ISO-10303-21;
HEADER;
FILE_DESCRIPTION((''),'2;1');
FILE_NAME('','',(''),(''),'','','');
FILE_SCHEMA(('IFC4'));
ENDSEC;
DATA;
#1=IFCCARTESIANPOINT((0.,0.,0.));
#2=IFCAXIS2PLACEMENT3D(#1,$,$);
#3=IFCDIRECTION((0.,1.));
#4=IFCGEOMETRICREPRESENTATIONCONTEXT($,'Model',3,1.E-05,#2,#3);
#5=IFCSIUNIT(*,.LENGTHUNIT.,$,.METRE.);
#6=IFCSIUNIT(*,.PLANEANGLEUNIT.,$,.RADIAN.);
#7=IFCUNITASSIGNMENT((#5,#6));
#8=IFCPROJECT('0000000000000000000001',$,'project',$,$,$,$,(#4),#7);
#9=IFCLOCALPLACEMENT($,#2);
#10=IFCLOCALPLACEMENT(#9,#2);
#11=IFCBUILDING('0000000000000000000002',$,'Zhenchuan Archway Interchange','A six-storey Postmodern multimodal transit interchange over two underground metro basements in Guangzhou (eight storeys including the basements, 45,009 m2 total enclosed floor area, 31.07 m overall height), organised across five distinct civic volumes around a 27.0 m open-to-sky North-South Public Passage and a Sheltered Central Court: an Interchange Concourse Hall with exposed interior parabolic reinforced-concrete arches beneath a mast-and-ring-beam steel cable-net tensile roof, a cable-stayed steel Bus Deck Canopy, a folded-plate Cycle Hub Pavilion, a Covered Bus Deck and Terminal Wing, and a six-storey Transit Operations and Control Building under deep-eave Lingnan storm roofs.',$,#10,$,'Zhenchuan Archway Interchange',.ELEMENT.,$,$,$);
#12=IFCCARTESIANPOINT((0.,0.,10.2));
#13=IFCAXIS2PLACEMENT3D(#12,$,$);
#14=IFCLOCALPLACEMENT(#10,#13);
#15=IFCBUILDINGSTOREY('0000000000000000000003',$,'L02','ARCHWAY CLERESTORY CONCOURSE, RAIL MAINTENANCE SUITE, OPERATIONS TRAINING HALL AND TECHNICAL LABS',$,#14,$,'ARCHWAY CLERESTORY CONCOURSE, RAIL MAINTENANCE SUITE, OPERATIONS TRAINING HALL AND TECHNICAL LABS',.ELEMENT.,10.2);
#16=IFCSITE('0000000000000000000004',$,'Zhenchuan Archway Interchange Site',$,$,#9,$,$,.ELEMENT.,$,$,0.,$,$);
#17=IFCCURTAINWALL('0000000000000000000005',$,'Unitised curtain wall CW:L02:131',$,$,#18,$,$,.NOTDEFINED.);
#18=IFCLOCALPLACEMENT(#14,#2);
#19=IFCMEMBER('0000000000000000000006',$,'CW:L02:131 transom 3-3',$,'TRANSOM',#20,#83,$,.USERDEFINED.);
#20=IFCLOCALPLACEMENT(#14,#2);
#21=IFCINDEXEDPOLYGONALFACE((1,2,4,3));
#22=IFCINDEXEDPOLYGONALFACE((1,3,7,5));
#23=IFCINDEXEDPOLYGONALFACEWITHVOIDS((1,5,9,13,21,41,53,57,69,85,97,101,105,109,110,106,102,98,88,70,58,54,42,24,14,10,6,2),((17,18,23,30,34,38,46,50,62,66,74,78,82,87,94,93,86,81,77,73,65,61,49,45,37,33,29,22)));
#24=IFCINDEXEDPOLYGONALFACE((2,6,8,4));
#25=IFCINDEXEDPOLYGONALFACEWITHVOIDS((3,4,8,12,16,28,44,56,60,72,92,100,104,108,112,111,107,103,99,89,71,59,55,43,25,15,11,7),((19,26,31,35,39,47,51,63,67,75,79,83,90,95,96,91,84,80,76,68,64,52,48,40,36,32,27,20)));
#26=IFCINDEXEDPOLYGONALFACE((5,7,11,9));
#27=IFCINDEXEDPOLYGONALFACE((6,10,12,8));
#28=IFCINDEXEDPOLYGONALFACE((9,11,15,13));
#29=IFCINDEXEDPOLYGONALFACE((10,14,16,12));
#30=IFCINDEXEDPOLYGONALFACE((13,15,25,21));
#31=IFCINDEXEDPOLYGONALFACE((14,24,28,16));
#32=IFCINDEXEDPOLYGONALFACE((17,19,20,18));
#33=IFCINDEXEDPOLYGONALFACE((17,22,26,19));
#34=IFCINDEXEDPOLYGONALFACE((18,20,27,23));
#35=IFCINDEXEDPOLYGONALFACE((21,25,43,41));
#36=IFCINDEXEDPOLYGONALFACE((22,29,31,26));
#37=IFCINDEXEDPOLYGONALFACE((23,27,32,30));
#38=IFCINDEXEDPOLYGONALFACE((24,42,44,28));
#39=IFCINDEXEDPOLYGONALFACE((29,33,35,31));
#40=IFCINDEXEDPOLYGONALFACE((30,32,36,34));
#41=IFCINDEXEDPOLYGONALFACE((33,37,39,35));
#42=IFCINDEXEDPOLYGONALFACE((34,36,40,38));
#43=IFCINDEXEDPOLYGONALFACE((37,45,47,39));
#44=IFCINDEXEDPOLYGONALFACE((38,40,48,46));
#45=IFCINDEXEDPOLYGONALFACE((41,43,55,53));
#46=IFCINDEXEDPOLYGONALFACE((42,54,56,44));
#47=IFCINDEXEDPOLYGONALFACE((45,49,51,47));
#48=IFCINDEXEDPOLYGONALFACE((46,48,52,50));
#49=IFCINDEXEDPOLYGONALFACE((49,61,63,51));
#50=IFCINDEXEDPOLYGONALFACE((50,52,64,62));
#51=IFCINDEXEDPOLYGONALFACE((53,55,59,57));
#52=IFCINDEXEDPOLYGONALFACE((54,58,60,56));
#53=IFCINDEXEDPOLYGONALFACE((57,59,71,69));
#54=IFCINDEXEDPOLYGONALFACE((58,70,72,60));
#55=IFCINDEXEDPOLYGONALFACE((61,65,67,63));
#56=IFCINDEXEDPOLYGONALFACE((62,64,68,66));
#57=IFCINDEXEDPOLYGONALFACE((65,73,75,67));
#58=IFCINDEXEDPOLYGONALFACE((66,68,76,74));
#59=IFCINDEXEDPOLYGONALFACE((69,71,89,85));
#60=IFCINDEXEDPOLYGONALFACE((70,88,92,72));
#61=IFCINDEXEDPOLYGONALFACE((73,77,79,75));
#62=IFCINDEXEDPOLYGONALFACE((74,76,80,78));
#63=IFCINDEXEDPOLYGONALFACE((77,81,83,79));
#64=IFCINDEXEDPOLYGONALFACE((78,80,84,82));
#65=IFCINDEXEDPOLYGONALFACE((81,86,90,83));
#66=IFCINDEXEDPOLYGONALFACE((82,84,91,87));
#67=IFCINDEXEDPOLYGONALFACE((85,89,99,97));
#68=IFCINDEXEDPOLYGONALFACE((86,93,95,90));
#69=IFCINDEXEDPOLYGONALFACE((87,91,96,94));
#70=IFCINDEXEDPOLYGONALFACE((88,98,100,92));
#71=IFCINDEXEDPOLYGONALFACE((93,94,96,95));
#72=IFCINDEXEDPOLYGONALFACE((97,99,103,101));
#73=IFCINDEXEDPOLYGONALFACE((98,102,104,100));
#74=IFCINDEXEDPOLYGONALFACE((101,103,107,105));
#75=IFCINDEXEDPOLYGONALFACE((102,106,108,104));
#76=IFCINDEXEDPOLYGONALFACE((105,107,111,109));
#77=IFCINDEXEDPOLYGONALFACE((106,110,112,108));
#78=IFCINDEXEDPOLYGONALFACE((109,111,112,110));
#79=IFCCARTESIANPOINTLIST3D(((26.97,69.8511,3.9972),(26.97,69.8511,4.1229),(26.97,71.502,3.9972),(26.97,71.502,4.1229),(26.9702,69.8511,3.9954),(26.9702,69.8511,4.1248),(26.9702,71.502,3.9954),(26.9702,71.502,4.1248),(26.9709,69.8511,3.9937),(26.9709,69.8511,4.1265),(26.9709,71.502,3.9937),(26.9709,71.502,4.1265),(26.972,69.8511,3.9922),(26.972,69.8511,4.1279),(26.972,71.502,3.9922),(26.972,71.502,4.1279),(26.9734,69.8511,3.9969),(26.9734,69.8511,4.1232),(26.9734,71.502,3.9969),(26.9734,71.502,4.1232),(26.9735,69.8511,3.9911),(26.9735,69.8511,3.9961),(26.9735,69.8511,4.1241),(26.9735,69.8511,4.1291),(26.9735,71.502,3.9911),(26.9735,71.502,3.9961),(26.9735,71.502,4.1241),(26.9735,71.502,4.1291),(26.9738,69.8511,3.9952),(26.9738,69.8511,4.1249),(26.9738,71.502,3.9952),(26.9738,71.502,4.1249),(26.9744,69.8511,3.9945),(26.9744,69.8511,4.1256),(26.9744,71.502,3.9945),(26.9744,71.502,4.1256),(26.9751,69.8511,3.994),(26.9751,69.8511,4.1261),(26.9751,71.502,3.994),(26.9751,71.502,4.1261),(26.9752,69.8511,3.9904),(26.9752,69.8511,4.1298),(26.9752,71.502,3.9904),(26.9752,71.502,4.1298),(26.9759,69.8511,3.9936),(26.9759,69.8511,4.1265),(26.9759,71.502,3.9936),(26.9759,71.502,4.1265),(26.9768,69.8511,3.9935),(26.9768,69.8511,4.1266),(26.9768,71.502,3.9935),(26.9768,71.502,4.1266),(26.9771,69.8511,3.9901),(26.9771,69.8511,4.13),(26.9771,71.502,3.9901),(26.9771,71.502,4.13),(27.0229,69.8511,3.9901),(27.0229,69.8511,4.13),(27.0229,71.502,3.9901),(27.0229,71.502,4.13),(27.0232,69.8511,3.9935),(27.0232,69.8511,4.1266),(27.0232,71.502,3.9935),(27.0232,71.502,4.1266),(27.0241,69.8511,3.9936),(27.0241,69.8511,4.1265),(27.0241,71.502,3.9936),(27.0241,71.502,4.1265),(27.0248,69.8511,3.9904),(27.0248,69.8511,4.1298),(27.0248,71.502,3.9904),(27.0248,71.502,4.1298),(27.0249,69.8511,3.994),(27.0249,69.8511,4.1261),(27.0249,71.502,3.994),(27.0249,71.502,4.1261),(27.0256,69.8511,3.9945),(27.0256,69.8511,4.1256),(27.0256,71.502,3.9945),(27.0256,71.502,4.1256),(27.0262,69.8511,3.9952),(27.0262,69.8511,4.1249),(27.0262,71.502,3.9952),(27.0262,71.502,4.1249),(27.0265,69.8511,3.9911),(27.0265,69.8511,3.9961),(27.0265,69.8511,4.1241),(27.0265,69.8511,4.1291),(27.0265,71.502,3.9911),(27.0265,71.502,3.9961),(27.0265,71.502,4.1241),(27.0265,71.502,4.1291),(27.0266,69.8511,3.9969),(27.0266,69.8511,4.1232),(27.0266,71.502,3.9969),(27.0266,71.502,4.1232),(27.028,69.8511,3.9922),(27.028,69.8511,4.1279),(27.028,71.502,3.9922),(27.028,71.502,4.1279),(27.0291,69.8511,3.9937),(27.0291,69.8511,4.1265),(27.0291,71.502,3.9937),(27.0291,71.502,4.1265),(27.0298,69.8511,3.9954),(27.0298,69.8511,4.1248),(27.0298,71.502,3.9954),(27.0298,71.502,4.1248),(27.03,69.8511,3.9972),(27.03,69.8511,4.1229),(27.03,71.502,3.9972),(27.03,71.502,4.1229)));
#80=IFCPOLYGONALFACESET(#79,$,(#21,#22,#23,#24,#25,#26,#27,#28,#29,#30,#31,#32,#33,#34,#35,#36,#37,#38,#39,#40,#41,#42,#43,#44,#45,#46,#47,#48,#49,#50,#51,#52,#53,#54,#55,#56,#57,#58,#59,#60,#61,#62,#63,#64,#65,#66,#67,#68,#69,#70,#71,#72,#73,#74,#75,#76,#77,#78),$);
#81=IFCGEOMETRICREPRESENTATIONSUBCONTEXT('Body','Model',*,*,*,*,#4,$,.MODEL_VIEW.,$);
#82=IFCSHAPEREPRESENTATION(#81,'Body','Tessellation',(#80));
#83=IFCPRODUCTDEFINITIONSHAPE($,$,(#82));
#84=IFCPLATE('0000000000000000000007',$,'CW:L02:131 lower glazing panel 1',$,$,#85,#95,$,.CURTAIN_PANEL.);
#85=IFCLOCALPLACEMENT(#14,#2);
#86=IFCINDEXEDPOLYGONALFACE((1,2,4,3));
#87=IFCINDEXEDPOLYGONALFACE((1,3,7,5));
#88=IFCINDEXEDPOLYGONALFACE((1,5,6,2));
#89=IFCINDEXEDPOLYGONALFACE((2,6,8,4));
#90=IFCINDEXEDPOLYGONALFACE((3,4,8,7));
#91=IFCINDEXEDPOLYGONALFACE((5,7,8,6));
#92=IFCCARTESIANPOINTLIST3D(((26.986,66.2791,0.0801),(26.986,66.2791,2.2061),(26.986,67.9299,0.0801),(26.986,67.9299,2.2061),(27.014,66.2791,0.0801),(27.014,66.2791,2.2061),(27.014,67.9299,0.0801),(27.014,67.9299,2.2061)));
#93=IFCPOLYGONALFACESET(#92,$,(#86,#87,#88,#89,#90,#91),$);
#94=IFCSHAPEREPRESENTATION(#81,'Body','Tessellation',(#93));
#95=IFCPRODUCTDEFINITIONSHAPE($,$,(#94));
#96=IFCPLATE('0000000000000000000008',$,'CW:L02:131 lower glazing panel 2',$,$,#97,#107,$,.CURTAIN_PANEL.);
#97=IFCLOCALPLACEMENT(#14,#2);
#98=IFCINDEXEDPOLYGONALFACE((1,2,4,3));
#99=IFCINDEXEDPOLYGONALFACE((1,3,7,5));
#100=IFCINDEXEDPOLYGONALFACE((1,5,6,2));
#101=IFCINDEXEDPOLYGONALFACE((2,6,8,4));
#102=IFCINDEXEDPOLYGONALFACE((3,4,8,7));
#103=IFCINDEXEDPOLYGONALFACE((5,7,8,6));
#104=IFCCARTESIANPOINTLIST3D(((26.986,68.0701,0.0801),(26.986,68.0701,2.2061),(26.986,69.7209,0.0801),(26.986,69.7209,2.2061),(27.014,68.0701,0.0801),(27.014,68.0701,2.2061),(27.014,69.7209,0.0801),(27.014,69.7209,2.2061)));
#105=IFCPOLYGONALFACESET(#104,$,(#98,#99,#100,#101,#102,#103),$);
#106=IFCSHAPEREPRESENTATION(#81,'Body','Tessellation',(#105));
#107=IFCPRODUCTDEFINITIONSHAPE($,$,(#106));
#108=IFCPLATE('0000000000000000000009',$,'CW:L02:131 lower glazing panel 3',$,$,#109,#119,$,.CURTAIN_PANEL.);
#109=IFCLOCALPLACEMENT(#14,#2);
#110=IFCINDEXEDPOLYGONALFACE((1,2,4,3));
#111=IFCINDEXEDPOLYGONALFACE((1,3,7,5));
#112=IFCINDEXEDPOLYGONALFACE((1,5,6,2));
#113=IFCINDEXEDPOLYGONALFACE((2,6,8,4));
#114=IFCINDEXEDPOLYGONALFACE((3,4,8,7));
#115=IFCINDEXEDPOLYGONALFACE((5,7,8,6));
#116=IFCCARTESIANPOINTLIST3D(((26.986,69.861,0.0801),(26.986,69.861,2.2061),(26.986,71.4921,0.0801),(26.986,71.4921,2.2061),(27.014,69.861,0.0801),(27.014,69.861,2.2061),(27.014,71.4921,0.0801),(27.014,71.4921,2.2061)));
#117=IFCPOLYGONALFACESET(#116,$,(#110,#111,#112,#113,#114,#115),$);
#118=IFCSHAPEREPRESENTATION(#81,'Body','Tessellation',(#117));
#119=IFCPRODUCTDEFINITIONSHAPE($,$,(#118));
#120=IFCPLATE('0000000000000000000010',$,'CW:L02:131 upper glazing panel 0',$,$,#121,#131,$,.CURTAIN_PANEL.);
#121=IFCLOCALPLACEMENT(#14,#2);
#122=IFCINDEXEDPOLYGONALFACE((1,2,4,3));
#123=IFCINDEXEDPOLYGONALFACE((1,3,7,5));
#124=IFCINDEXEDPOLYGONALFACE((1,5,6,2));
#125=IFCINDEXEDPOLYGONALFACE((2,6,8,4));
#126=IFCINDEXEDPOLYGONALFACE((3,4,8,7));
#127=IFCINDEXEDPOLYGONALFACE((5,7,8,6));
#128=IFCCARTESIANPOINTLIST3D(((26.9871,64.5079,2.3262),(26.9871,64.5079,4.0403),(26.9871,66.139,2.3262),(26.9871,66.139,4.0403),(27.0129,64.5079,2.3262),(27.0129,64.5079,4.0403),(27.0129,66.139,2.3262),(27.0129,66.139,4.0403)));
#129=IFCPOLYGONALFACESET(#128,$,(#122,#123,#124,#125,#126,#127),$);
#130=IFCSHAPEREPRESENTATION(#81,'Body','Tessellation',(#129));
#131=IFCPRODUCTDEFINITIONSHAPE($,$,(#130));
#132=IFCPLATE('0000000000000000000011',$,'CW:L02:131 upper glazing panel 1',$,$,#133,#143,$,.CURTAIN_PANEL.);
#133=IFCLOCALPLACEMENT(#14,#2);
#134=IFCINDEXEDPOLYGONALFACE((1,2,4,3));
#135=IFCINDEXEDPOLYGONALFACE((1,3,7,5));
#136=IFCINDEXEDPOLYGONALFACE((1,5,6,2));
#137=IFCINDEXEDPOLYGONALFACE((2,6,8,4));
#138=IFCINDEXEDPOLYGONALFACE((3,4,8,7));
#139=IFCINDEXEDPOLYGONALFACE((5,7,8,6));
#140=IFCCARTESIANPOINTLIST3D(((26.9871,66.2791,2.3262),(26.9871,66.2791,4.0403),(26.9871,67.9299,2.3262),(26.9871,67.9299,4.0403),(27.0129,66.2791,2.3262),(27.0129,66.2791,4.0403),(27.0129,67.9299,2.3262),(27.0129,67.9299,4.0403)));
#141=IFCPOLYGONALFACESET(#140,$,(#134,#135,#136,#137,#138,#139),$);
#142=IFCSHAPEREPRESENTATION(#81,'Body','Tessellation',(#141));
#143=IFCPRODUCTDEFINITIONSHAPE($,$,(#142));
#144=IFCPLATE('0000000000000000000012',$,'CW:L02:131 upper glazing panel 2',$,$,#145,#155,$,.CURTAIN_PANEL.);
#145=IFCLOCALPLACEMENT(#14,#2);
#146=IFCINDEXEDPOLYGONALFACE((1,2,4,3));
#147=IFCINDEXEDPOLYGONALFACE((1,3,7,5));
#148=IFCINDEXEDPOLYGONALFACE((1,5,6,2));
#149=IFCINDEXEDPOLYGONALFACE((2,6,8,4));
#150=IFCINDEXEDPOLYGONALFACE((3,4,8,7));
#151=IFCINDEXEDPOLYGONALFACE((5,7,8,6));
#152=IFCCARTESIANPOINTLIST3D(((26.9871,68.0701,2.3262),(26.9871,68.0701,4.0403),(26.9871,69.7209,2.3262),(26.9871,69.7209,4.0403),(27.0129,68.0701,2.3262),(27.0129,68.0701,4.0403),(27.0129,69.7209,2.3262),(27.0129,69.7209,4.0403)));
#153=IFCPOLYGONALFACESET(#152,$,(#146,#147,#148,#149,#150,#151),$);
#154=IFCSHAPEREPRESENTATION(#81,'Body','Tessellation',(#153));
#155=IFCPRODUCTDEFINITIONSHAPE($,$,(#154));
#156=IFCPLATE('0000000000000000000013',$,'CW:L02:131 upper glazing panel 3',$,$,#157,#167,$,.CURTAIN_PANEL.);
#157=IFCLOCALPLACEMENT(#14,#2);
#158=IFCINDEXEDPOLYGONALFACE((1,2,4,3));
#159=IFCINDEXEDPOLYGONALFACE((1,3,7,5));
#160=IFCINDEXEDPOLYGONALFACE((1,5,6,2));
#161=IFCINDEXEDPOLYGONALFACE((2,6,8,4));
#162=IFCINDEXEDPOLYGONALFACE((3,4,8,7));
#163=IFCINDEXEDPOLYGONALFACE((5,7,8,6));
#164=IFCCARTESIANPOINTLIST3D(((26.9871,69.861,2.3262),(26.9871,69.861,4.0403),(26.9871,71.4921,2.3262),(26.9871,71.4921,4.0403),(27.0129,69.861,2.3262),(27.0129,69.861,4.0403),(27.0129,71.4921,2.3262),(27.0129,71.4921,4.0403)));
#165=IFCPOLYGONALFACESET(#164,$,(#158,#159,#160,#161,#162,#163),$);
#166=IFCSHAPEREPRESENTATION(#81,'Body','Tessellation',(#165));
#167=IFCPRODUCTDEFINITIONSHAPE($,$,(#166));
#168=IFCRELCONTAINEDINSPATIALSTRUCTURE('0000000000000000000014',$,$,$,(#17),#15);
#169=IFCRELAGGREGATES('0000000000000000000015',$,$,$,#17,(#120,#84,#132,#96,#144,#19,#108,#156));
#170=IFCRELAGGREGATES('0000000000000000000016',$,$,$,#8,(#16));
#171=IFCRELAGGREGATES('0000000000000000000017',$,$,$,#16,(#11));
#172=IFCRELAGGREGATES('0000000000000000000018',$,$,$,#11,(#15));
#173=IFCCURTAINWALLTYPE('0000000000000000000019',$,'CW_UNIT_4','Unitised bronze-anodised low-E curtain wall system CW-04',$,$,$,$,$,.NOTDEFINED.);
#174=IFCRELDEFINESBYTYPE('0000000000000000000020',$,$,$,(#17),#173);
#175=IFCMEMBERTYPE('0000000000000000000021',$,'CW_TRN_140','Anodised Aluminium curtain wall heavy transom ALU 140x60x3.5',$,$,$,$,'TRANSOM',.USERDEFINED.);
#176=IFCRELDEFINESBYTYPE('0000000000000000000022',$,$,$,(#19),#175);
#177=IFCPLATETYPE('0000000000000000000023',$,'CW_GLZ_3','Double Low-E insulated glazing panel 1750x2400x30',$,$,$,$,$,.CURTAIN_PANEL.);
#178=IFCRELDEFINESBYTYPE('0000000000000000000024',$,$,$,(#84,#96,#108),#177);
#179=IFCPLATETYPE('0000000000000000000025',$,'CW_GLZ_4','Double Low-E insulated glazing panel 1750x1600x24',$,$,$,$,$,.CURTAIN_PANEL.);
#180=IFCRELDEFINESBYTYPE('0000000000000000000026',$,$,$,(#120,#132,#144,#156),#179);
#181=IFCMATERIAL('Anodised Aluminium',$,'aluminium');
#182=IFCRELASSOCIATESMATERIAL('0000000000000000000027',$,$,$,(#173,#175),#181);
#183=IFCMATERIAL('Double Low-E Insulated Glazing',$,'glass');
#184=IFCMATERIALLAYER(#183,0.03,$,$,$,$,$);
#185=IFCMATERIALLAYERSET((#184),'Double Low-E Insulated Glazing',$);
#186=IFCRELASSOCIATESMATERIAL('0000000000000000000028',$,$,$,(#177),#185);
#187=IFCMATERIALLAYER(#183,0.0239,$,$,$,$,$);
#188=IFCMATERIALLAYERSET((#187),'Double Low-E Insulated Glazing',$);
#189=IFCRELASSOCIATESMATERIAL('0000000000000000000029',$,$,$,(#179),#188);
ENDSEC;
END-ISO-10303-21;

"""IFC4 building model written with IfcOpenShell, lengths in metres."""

from ifc_helpers import new_model, si_unit, direction, frame, origin, origin_2d, place, context, subcontext, project, spatial, rectangle, hollow_rectangle, extrude, material, layer, layer_set, material_profile, profile_set, type_object, element, aggregate, save


model = new_model("IFC4")

# Units and contexts
model_context = context("Model", 3, precision=1e-05, world=origin(), true_north=direction((0.0, 1.0)))
body_context = subcontext(model_context, "Body", "Model", "MODEL_VIEW")
ifc_project = project(units=[si_unit("LENGTHUNIT", "METRE"), si_unit("PLANEANGLEUNIT", "RADIAN")], contexts=[model_context])

# Site, building, storey
site_placement = place(None, origin())
site = spatial("IfcSite", under=ifc_project, at=site_placement, Name="Zhenchuan Archway Interchange Site", CompositionType="ELEMENT", RefElevation=0.0)
building_placement = place(site_placement, origin())
building = spatial("IfcBuilding", under=site, at=building_placement, Name="Zhenchuan Archway Interchange", Description="A six-storey Postmodern multimodal transit interchange over two underground metro basements in Guangzhou (eight storeys including the basements, 45,009 m2 total enclosed floor area, 31.07 m overall height), organised across five distinct civic volumes around a 27.0 m open-to-sky North-South Public Passage and a Sheltered Central Court: an Interchange Concourse Hall with exposed interior parabolic reinforced-concrete arches beneath a mast-and-ring-beam steel cable-net tensile roof, a cable-stayed steel Bus Deck Canopy, a folded-plate Cycle Hub Pavilion, a Covered Bus Deck and Terminal Wing, and a six-storey Transit Operations and Control Building under deep-eave Lingnan storm roofs.", LongName="Zhenchuan Archway Interchange", CompositionType="ELEMENT")
storey_placement = place(building_placement, frame((0.0, 0.0, 10.2)))
storey = spatial("IfcBuildingStorey", under=building, at=storey_placement, Name="L02", Description="ARCHWAY CLERESTORY CONCOURSE, RAIL MAINTENANCE SUITE, OPERATIONS TRAINING HALL AND TECHNICAL LABS", LongName="ARCHWAY CLERESTORY CONCOURSE, RAIL MAINTENANCE SUITE, OPERATIONS TRAINING HALL AND TECHNICAL LABS", CompositionType="ELEMENT", Elevation=10.2)

# Curtain wall, member, plates
ifc_material_1 = material(Name="Anodised Aluminium", Category="aluminium")
curtain_wall_type = type_object("IfcCurtainWallType", Name="CW_UNIT_4", Description="Unitised bronze-anodised low-E curtain wall system CW-04", PredefinedType="NOTDEFINED", material=ifc_material_1)
curtain_wall_placement = place(storey_placement, origin())
curtain_wall = element("IfcCurtainWall", 1, at=curtain_wall_placement, inside=storey, type_object=curtain_wall_type, Name="Unitised curtain wall CW:L02:131", PredefinedType="NOTDEFINED")
ifc_material_profile_1 = material_profile(ifc_material_1, hollow_rectangle(XDim=0.0601, YDim=0.1399, WallThickness=0.0034, InnerFilletRadius=0.0034, OuterFilletRadius=0.0071, at=origin_2d()), Name="ALU 140x60x3.5")
ifc_profile_set_1 = profile_set([ifc_material_profile_1], Name="Anodised Aluminium")
member_type_1 = type_object("IfcMemberType", Name="CW_TRN_140", Description="Anodised Aluminium curtain wall heavy transom ALU 140x60x3.5", ElementType="TRANSOM", PredefinedType="USERDEFINED", material=ifc_profile_set_1)
member_1_placement = place(storey_placement, frame((27.0, 69.8511, 4.0601), z_axis=(0.0, 1.0, 0.0), x_axis=(-1.0, 0.0, 0.0)))
member_1 = element("IfcMember", 2, at=member_1_placement, type_object=member_type_1, Name="CW:L02:131 transom 3-3", ObjectType="TRANSOM", PredefinedType="USERDEFINED", context=body_context, shape_type="SweptSolid", body=[
    extrude(hollow_rectangle(XDim=0.0601, YDim=0.1399, WallThickness=0.0034, InnerFilletRadius=0.0034, OuterFilletRadius=0.0071, at=origin_2d()), origin(), (0.0, 0.0, 1.0), 1.6509),
])
ifc_material_2 = material(Name="Double Low-E Insulated Glazing", Category="glass")
ifc_layer_1 = layer(ifc_material_2, 0.03)
ifc_layer_set_1 = layer_set([ifc_layer_1], Name="Double Low-E Insulated Glazing")
plate_type_1 = type_object("IfcPlateType", Name="CW_GLZ_3", Description="Double Low-E insulated glazing panel 1750x2400x30", PredefinedType="CURTAIN_PANEL", material=ifc_layer_set_1)
plate_1_placement = place(storey_placement, frame((27.0, 67.1045, 0.0801), z_axis=(0.0, 0.0, 1.0), x_axis=(0.0, 1.0, 0.0)))
plate_1 = element("IfcPlate", 3, at=plate_1_placement, type_object=plate_type_1, Name="CW:L02:131 lower glazing panel 1", PredefinedType="CURTAIN_PANEL", context=body_context, shape_type="SweptSolid", body=[
    extrude(rectangle(XDim=1.6509, YDim=0.0281, at=origin_2d()), origin(), (0.0, 0.0, 1.0), 2.126),
])
plate_2_placement = place(storey_placement, frame((27.0, 68.8955, 0.0801), z_axis=(0.0, 0.0, 1.0), x_axis=(0.0, 1.0, 0.0)))
plate_2 = element("IfcPlate", 4, at=plate_2_placement, type_object=plate_type_1, Name="CW:L02:131 lower glazing panel 2", PredefinedType="CURTAIN_PANEL", context=body_context, shape_type="SweptSolid", body=[
    extrude(rectangle(XDim=1.6509, YDim=0.0281, at=origin_2d()), origin(), (0.0, 0.0, 1.0), 2.126),
])
plate_3_placement = place(storey_placement, frame((27.0, 70.6765, 0.0801), z_axis=(0.0, 0.0, 1.0), x_axis=(0.0, 1.0, 0.0)))
plate_3 = element("IfcPlate", 5, at=plate_3_placement, type_object=plate_type_1, Name="CW:L02:131 lower glazing panel 3", PredefinedType="CURTAIN_PANEL", context=body_context, shape_type="SweptSolid", body=[
    extrude(rectangle(XDim=1.6311, YDim=0.0281, at=origin_2d()), origin(), (0.0, 0.0, 1.0), 2.126),
])
ifc_layer_2 = layer(ifc_material_2, 0.0239)
ifc_layer_set_2 = layer_set([ifc_layer_2], Name="Double Low-E Insulated Glazing")
plate_type_2 = type_object("IfcPlateType", Name="CW_GLZ_4", Description="Double Low-E insulated glazing panel 1750x1600x24", PredefinedType="CURTAIN_PANEL", material=ifc_layer_set_2)
plate_4_placement = place(storey_placement, frame((27.0, 65.3235, 2.3262), z_axis=(0.0, 0.0, 1.0), x_axis=(0.0, 1.0, 0.0)))
plate_4 = element("IfcPlate", 6, at=plate_4_placement, type_object=plate_type_2, Name="CW:L02:131 upper glazing panel 0", PredefinedType="CURTAIN_PANEL", context=body_context, shape_type="SweptSolid", body=[
    extrude(rectangle(XDim=1.6311, YDim=0.0259, at=origin_2d()), origin(), (0.0, 0.0, 1.0), 1.7141),
])
plate_5_placement = place(storey_placement, frame((27.0, 67.1045, 2.3262), z_axis=(0.0, 0.0, 1.0), x_axis=(0.0, 1.0, 0.0)))
plate_5 = element("IfcPlate", 7, at=plate_5_placement, type_object=plate_type_2, Name="CW:L02:131 upper glazing panel 1", PredefinedType="CURTAIN_PANEL", context=body_context, shape_type="SweptSolid", body=[
    extrude(rectangle(XDim=1.6509, YDim=0.0259, at=origin_2d()), origin(), (0.0, 0.0, 1.0), 1.7141),
])
plate_6_placement = place(storey_placement, frame((27.0, 68.8955, 2.3262), z_axis=(0.0, 0.0, 1.0), x_axis=(0.0, 1.0, 0.0)))
plate_6 = element("IfcPlate", 8, at=plate_6_placement, type_object=plate_type_2, Name="CW:L02:131 upper glazing panel 2", PredefinedType="CURTAIN_PANEL", context=body_context, shape_type="SweptSolid", body=[
    extrude(rectangle(XDim=1.6509, YDim=0.0259, at=origin_2d()), origin(), (0.0, 0.0, 1.0), 1.7141),
])
plate_7_placement = place(storey_placement, frame((27.0, 70.6765, 2.3262), z_axis=(0.0, 0.0, 1.0), x_axis=(0.0, 1.0, 0.0)))
plate_7 = element("IfcPlate", 9, at=plate_7_placement, type_object=plate_type_2, Name="CW:L02:131 upper glazing panel 3", PredefinedType="CURTAIN_PANEL", context=body_context, shape_type="SweptSolid", body=[
    extrude(rectangle(XDim=1.6311, YDim=0.0259, at=origin_2d()), origin(), (0.0, 0.0, 1.0), 1.7141),
])
aggregate(curtain_wall, [plate_4, plate_1, plate_5, plate_2, plate_6, member_1, plate_3, plate_7])

save(model, "model.ifc")
